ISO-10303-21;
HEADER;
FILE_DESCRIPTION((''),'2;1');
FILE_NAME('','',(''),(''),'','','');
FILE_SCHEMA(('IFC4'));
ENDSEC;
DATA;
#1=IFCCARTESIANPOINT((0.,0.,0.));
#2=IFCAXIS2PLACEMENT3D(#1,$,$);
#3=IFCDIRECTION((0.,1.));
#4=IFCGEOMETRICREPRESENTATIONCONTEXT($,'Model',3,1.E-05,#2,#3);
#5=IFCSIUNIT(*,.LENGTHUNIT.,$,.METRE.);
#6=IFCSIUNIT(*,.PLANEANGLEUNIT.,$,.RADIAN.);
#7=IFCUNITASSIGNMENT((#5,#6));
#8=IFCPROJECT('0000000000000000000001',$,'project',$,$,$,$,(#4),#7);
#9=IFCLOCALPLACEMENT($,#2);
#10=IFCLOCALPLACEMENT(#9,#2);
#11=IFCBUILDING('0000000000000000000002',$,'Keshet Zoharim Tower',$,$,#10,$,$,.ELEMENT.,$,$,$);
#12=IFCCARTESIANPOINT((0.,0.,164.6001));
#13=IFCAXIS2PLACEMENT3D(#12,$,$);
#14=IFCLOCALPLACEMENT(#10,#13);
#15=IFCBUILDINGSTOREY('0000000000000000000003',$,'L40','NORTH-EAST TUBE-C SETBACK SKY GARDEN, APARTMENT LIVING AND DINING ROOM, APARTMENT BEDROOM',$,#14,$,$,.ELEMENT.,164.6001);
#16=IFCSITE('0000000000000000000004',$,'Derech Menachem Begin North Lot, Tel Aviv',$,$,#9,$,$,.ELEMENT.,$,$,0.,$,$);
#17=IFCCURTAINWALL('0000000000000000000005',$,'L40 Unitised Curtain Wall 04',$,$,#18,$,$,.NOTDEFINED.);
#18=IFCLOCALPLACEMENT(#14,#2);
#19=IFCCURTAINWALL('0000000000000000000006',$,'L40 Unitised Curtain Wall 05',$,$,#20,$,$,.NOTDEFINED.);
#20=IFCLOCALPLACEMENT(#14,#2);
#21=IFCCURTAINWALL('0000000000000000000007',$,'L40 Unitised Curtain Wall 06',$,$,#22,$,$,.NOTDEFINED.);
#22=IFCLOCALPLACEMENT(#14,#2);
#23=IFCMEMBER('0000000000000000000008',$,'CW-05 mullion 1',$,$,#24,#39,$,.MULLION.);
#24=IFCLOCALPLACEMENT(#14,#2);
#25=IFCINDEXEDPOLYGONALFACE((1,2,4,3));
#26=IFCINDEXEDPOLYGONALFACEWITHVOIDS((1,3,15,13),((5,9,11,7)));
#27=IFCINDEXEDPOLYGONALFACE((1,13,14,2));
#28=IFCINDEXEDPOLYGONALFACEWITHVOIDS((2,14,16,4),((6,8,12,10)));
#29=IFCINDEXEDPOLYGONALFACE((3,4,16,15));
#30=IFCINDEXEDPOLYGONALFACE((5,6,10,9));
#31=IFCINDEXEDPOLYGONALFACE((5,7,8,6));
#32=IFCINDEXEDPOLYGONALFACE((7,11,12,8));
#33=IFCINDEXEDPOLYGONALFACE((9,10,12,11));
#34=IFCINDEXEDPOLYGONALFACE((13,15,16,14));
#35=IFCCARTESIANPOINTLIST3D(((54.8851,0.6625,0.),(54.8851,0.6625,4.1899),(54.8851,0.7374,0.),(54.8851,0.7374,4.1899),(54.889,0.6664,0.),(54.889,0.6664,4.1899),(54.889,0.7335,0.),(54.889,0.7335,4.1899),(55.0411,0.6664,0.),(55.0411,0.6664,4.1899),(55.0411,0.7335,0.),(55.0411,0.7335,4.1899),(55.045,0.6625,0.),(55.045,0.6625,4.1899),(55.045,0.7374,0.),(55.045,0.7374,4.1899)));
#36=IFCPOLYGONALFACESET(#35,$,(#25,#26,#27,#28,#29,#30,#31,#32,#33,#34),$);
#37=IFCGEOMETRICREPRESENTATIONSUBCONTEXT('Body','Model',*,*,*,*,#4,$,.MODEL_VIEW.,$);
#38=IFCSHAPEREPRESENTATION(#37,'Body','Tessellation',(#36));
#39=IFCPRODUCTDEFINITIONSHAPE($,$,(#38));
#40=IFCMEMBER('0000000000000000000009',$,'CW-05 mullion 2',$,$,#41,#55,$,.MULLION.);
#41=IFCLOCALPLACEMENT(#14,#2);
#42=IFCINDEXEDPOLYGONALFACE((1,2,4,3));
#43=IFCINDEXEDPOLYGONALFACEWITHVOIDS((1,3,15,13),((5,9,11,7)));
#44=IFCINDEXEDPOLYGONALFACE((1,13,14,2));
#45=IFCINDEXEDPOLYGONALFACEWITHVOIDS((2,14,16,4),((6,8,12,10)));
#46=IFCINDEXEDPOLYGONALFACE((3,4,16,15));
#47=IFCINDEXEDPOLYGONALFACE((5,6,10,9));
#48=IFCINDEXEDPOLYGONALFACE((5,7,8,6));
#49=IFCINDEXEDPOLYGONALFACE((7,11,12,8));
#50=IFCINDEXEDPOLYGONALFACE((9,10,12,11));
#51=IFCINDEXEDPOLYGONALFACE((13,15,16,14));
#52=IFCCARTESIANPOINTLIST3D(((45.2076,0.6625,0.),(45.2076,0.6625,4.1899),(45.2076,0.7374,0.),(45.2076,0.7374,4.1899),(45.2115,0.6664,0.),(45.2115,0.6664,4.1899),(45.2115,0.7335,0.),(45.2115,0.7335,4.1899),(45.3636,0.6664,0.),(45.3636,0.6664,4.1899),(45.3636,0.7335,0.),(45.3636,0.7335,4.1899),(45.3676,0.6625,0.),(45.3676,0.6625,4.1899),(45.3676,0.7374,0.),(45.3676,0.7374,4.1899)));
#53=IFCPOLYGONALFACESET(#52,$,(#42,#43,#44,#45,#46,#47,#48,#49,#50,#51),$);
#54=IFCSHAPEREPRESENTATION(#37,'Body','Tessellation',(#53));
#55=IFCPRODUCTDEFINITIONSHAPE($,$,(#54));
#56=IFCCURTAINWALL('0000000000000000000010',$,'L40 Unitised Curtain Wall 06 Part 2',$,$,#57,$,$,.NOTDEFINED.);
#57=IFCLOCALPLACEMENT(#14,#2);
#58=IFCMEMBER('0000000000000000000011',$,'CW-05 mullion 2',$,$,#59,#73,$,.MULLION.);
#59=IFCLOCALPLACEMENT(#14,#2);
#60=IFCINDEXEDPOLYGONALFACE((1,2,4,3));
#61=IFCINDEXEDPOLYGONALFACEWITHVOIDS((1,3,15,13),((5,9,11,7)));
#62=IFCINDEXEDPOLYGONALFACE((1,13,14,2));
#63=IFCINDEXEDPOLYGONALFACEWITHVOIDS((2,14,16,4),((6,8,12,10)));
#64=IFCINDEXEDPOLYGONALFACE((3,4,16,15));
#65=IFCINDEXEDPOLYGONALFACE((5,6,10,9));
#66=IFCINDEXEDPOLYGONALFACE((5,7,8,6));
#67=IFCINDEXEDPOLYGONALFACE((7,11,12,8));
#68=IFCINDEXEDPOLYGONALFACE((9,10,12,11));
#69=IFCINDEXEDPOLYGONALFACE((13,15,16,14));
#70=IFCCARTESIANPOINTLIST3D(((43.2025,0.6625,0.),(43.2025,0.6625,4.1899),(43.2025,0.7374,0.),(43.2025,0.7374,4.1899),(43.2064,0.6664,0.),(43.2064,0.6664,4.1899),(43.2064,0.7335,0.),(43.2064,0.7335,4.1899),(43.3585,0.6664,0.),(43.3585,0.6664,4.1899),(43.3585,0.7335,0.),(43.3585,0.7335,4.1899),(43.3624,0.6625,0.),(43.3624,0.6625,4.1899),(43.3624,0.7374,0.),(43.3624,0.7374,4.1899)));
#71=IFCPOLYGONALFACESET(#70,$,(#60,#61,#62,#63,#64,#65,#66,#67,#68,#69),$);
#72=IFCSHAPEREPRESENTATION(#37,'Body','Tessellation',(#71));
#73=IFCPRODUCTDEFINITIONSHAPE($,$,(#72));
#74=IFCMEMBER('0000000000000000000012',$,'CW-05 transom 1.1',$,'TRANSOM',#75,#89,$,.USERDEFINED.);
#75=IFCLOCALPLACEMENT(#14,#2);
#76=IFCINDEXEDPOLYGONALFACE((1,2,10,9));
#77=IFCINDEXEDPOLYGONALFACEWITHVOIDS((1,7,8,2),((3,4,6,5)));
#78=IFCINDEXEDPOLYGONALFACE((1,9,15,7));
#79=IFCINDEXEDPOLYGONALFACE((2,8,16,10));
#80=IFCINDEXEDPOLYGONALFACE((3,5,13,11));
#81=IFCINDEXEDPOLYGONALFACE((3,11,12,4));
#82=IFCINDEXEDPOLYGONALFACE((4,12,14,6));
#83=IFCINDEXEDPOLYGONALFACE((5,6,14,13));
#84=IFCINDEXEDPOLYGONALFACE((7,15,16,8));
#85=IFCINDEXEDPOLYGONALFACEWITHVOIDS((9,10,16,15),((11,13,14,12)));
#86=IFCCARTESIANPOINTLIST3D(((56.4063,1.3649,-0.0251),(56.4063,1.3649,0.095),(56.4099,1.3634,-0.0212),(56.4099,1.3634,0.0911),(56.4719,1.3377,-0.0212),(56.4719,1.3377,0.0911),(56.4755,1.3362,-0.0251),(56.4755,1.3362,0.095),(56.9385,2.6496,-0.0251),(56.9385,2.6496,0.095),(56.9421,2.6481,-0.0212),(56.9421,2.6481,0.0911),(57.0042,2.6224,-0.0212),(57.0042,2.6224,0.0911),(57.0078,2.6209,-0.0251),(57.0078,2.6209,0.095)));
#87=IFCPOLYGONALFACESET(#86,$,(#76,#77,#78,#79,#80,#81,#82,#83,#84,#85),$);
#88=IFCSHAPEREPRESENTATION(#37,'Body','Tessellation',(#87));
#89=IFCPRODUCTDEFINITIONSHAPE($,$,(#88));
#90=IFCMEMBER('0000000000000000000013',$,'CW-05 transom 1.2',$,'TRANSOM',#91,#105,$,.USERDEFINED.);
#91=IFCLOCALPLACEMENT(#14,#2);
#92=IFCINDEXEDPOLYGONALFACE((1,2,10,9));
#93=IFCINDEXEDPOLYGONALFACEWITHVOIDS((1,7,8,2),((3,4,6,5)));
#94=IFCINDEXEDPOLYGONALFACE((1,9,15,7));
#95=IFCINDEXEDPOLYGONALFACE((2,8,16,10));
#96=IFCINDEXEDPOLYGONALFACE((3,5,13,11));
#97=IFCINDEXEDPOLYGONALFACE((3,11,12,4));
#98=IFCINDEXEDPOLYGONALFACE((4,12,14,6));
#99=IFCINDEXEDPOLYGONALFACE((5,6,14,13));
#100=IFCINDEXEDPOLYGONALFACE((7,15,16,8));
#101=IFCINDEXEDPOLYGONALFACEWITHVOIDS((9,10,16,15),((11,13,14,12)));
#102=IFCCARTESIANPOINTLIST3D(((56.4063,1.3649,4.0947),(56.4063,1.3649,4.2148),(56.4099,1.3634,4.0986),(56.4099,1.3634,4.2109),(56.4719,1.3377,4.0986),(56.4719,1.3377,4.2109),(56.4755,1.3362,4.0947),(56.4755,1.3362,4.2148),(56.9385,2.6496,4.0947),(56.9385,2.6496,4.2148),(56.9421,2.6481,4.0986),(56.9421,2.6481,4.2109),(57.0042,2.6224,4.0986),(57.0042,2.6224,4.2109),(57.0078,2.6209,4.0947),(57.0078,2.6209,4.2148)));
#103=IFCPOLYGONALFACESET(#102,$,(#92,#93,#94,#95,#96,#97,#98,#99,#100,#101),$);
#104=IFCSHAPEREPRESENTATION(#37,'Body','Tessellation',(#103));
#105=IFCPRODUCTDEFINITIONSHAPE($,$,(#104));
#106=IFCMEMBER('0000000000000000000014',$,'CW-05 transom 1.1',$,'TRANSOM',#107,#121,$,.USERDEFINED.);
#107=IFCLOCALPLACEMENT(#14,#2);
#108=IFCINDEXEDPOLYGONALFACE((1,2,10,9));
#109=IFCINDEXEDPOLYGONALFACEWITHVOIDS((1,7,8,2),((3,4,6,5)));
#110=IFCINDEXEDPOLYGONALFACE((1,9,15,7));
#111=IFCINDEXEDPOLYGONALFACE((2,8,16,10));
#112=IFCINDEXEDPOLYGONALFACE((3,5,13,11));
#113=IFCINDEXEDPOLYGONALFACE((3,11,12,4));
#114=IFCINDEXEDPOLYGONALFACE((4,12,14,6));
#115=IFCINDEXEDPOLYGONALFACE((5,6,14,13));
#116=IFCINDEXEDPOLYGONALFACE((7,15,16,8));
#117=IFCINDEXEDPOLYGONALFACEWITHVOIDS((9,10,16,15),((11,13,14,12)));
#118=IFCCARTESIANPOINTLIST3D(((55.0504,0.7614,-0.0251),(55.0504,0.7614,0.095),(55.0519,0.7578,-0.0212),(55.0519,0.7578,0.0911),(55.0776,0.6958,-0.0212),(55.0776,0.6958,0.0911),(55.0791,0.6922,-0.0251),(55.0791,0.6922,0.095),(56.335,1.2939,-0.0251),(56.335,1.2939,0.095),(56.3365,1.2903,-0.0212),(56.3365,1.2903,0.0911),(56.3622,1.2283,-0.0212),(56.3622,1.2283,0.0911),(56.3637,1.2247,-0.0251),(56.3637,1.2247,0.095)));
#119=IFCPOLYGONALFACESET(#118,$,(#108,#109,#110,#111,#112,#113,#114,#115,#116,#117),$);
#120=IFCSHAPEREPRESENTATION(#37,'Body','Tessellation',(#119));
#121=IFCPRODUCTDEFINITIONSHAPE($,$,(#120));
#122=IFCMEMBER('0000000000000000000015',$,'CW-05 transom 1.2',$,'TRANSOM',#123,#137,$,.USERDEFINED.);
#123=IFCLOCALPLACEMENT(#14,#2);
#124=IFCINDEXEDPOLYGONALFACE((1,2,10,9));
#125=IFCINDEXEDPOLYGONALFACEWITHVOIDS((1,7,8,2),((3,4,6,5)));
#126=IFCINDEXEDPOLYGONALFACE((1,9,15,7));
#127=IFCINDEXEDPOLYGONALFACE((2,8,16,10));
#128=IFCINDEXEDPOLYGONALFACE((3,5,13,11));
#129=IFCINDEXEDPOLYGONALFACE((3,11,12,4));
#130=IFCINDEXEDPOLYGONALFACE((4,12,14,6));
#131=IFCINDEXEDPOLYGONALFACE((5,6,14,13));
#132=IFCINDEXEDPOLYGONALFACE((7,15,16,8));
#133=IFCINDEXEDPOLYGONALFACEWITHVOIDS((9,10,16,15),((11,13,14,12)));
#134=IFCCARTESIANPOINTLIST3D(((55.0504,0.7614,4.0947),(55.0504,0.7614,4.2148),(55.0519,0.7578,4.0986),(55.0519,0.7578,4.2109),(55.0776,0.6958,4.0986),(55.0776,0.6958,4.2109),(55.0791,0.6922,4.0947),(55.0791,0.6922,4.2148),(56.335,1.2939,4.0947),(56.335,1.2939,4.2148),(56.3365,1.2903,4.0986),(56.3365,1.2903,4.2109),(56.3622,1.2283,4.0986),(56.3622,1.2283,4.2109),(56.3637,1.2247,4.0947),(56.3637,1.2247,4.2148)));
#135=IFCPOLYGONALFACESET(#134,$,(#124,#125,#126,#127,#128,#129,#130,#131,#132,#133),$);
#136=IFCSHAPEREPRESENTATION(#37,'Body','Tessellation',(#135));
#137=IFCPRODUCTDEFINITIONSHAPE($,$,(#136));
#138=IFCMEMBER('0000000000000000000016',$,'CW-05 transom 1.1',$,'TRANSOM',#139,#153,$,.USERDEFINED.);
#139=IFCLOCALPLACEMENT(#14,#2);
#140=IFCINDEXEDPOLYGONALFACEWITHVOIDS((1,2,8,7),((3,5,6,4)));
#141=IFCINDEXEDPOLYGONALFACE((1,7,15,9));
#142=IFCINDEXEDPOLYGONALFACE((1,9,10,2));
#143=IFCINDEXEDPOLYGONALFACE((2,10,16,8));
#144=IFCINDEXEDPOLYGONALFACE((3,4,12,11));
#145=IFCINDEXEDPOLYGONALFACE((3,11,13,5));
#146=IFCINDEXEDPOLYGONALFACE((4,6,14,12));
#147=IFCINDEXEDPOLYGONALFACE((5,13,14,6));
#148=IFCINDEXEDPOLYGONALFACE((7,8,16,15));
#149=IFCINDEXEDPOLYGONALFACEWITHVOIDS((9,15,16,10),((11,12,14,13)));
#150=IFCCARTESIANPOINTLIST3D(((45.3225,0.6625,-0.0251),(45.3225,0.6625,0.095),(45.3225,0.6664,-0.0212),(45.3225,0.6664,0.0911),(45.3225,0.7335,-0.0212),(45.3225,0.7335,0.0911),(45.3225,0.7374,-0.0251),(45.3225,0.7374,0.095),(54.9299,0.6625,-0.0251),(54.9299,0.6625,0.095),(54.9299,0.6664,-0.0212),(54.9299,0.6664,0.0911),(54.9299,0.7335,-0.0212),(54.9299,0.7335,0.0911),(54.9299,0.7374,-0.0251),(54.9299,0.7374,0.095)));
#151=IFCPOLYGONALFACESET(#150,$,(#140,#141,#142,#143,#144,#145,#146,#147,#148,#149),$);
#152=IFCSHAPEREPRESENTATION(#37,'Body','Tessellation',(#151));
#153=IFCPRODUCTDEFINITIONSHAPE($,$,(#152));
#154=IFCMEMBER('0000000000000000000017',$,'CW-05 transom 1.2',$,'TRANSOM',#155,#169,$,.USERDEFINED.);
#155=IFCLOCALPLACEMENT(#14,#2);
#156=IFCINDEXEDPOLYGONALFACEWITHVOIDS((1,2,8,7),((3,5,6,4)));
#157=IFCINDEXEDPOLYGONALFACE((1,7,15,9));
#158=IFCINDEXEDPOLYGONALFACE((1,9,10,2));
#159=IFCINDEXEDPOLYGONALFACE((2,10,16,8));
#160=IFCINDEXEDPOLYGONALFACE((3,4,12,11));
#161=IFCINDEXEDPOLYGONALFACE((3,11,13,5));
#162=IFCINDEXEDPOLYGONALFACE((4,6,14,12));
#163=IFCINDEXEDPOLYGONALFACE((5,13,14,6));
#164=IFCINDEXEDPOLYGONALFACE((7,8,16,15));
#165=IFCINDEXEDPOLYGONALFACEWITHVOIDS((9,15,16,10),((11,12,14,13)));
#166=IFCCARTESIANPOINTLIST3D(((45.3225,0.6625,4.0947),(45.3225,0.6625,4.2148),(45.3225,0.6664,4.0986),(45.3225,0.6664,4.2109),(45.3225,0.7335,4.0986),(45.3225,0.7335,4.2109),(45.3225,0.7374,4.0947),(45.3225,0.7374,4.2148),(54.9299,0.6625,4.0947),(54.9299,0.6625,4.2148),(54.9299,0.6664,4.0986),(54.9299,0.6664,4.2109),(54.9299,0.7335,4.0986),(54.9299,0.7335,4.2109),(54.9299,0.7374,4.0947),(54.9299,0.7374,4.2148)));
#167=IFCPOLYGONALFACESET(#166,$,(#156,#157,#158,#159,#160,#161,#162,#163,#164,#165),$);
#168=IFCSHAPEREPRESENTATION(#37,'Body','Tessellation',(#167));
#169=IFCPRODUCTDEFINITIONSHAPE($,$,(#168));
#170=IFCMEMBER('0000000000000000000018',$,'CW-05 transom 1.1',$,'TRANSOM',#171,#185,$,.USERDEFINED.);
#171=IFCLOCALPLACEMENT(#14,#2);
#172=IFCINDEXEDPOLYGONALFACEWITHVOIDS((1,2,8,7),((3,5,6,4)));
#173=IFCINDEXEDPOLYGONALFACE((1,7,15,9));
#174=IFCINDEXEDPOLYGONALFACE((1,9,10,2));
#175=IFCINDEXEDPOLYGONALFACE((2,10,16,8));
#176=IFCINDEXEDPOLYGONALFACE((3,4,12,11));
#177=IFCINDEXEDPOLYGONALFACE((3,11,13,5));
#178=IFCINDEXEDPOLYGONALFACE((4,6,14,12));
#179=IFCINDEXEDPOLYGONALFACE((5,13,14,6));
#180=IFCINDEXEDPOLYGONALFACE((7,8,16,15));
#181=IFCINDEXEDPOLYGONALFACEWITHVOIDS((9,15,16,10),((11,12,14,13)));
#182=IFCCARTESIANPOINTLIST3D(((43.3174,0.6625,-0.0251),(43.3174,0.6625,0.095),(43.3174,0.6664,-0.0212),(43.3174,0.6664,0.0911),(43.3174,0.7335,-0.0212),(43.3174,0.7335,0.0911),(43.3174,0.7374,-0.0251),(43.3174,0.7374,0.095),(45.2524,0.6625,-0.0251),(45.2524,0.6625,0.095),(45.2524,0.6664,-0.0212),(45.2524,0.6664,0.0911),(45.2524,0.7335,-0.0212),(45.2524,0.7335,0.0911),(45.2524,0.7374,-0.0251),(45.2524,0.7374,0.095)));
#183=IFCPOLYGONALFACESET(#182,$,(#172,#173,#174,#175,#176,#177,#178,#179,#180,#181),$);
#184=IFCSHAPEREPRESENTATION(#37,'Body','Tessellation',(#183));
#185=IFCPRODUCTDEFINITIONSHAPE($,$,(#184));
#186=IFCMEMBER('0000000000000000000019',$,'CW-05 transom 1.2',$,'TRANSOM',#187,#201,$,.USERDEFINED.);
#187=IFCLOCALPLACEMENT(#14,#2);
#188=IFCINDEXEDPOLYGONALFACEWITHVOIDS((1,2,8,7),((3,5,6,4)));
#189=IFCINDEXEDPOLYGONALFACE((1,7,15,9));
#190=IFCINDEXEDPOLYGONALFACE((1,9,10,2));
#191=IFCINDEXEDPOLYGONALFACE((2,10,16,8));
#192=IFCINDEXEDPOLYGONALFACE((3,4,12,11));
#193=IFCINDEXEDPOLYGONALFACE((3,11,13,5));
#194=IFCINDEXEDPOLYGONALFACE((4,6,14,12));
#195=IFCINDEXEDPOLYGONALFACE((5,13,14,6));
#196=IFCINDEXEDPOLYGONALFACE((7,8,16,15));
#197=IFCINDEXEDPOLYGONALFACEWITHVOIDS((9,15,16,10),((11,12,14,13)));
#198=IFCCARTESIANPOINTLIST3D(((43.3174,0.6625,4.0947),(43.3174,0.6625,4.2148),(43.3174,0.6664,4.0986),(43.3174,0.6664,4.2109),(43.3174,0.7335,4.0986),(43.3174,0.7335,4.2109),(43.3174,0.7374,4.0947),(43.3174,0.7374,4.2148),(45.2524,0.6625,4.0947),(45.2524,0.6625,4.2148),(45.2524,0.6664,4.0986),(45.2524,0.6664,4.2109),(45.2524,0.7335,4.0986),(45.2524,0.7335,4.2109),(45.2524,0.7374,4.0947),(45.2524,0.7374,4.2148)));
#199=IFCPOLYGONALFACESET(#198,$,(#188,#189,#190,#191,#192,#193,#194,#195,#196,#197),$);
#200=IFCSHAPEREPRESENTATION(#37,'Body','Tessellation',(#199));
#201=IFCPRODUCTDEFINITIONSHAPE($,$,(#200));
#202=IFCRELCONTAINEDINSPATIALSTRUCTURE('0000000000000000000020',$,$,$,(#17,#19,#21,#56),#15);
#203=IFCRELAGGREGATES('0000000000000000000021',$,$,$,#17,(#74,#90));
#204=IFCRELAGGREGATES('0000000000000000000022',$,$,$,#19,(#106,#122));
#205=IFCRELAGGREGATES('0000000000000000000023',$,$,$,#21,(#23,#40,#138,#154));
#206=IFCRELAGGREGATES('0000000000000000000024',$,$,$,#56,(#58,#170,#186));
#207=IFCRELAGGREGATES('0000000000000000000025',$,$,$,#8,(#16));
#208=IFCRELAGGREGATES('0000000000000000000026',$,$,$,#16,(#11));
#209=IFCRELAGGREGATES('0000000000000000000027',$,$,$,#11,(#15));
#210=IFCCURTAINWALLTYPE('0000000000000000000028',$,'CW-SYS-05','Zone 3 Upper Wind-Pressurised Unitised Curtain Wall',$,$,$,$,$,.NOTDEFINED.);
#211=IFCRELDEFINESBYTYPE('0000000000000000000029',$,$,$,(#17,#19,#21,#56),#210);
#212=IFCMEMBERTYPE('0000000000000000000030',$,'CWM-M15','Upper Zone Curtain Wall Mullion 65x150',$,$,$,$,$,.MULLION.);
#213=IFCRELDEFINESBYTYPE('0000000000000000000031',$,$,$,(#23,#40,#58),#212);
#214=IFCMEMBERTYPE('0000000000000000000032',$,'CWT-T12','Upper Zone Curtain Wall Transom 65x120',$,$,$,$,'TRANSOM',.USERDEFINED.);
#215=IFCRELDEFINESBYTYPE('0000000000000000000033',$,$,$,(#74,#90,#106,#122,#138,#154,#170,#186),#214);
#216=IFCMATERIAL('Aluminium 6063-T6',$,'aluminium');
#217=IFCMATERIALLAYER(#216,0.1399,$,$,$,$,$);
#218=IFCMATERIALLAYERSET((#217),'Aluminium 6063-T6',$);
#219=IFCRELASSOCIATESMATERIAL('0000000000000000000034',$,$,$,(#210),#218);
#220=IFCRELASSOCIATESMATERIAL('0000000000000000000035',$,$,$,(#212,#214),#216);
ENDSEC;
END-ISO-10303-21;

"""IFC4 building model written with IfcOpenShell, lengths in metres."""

from ifc_helpers import new_model, si_unit, direction, frame, origin, origin_2d, place, context, subcontext, project, spatial, hollow_rectangle, extrude, material, layer, layer_set, material_profile, profile_set, type_object, element, aggregate, save


model = new_model("IFC4")

# Units and contexts
model_context = context("Model", 3, precision=1e-05, world=origin(), true_north=direction((0.0, 1.0)))
body_context = subcontext(model_context, "Body", "Model", "MODEL_VIEW")
ifc_project = project(units=[si_unit("LENGTHUNIT", "METRE"), si_unit("PLANEANGLEUNIT", "RADIAN")], contexts=[model_context])

# Site, building, storey
site_placement = place(None, origin())
site = spatial("IfcSite", under=ifc_project, at=site_placement, Name="Derech Menachem Begin North Lot, Tel Aviv", CompositionType="ELEMENT", RefElevation=0.0)
building_placement = place(site_placement, origin())
building = spatial("IfcBuilding", under=site, at=building_placement, Name="Keshet Zoharim Tower", CompositionType="ELEMENT")
storey_placement = place(building_placement, frame((0.0, 0.0, 164.6001)))
storey = spatial("IfcBuildingStorey", under=building, at=storey_placement, Name="L40", Description="NORTH-EAST TUBE-C SETBACK SKY GARDEN, APARTMENT LIVING AND DINING ROOM, APARTMENT BEDROOM", CompositionType="ELEMENT", Elevation=164.6001)

# Curtain wall
ifc_material_1 = material(Name="Aluminium 6063-T6", Category="aluminium")
ifc_layer_1 = layer(ifc_material_1, 0.1399)
ifc_layer_set_1 = layer_set([ifc_layer_1], Name="Aluminium 6063-T6")
curtain_wall_type = type_object("IfcCurtainWallType", Name="CW-SYS-05", Description="Zone 3 Upper Wind-Pressurised Unitised Curtain Wall", PredefinedType="NOTDEFINED", material=ifc_layer_set_1)
curtain_wall_1_placement = place(storey_placement, origin())
curtain_wall_1 = element("IfcCurtainWall", 1, at=curtain_wall_1_placement, inside=storey, type_object=curtain_wall_type, Name="L40 Unitised Curtain Wall 04", PredefinedType="NOTDEFINED")
ifc_material_profile_1 = material_profile(ifc_material_1, hollow_rectangle(XDim=0.075, YDim=0.1599, WallThickness=0.0039, at=origin_2d()), Name="MUL-75x160")
ifc_profile_set_1 = profile_set([ifc_material_profile_1], Name="Aluminium 6063-T6")
member_type_1 = type_object("IfcMemberType", Name="CWM-M15", Description="Upper Zone Curtain Wall Mullion 65x150", PredefinedType="MULLION", material=ifc_profile_set_1)

# Curtain walls, members
curtain_wall_2_placement = place(storey_placement, origin())
curtain_wall_2 = element("IfcCurtainWall", 2, at=curtain_wall_2_placement, inside=storey, type_object=curtain_wall_type, Name="L40 Unitised Curtain Wall 05", PredefinedType="NOTDEFINED")
curtain_wall_3_placement = place(storey_placement, origin())
curtain_wall_3 = element("IfcCurtainWall", 3, at=curtain_wall_3_placement, inside=storey, type_object=curtain_wall_type, Name="L40 Unitised Curtain Wall 06", PredefinedType="NOTDEFINED")
member_1_placement = place(storey_placement, frame((54.9651, 0.7, 0.0), z_axis=(0.0, 0.0, 1.0), x_axis=(0.0, -1.0, 0.0)))
member_1 = element("IfcMember", 4, at=member_1_placement, type_object=member_type_1, Name="CW-05 mullion 1", PredefinedType="MULLION", context=body_context, shape_type="SweptSolid", body=[
    extrude(hollow_rectangle(XDim=0.075, YDim=0.1599, WallThickness=0.0039, at=origin_2d()), origin(), (0.0, 0.0, 1.0), 4.1899),
])
member_2_placement = place(storey_placement, frame((45.2876, 0.7, 0.0), z_axis=(0.0, 0.0, 1.0), x_axis=(0.0, -1.0, 0.0)))
member_2 = element("IfcMember", 5, at=member_2_placement, type_object=member_type_1, Name="CW-05 mullion 2", PredefinedType="MULLION", context=body_context, shape_type="SweptSolid", body=[
    extrude(hollow_rectangle(XDim=0.075, YDim=0.1599, WallThickness=0.0039, at=origin_2d()), origin(), (0.0, 0.0, 1.0), 4.1899),
])

# Curtain wall, member
curtain_wall_4_placement = place(storey_placement, origin())
curtain_wall_4 = element("IfcCurtainWall", 6, at=curtain_wall_4_placement, inside=storey, type_object=curtain_wall_type, Name="L40 Unitised Curtain Wall 06 Part 2", PredefinedType="NOTDEFINED")
member_3_placement = place(storey_placement, frame((43.2825, 0.7, 0.0), z_axis=(0.0, 0.0, 1.0), x_axis=(0.0, -1.0, 0.0)))
member_3 = element("IfcMember", 7, at=member_3_placement, type_object=member_type_1, Name="CW-05 mullion 2", PredefinedType="MULLION", context=body_context, shape_type="SweptSolid", body=[
    extrude(hollow_rectangle(XDim=0.075, YDim=0.1599, WallThickness=0.0039, at=origin_2d()), origin(), (0.0, 0.0, 1.0), 4.1899),
])

# Members
ifc_material_profile_2 = material_profile(ifc_material_1, hollow_rectangle(XDim=0.075, YDim=0.1201, WallThickness=0.0039, at=origin_2d()), Name="TRN-75x120")
ifc_profile_set_2 = profile_set([ifc_material_profile_2], Name="Aluminium 6063-T6")
member_type_2 = type_object("IfcMemberType", Name="CWT-T12", Description="Upper Zone Curtain Wall Transom 65x120", ElementType="TRANSOM", PredefinedType="USERDEFINED", material=ifc_profile_set_2)
member_4_placement = place(storey_placement, frame((56.9731, 2.6353, 0.0349), z_axis=(-0.382745, -0.923854, 0.0), x_axis=(0.923854, -0.382745, 0.0)))
member_4 = element("IfcMember", 8, at=member_4_placement, type_object=member_type_2, Name="CW-05 transom 1.1", ObjectType="TRANSOM", PredefinedType="USERDEFINED", context=body_context, shape_type="SweptSolid", body=[
    extrude(hollow_rectangle(XDim=0.075, YDim=0.1201, WallThickness=0.0039, at=origin_2d()), origin(), (0.0, 0.0, 1.0), 1.3906),
])
member_5_placement = place(storey_placement, frame((56.9731, 2.6353, 4.1548), z_axis=(-0.382745, -0.923854, 0.0), x_axis=(0.923854, -0.382745, 0.0)))
member_5 = element("IfcMember", 9, at=member_5_placement, type_object=member_type_2, Name="CW-05 transom 1.2", ObjectType="TRANSOM", PredefinedType="USERDEFINED", context=body_context, shape_type="SweptSolid", body=[
    extrude(hollow_rectangle(XDim=0.075, YDim=0.1201, WallThickness=0.0039, at=origin_2d()), origin(), (0.0, 0.0, 1.0), 1.3906),
])
member_6_placement = place(storey_placement, frame((56.3494, 1.2593, 0.0349), z_axis=(-0.923792, -0.382894, 0.0), x_axis=(0.382894, -0.923792, 0.0)))
member_6 = element("IfcMember", 10, at=member_6_placement, type_object=member_type_2, Name="CW-05 transom 1.1", ObjectType="TRANSOM", PredefinedType="USERDEFINED", context=body_context, shape_type="SweptSolid", body=[
    extrude(hollow_rectangle(XDim=0.075, YDim=0.1201, WallThickness=0.0039, at=origin_2d()), origin(), (0.0, 0.0, 1.0), 1.3906),
])
member_7_placement = place(storey_placement, frame((56.3494, 1.2593, 4.1548), z_axis=(-0.923792, -0.382894, 0.0), x_axis=(0.382894, -0.923792, 0.0)))
member_7 = element("IfcMember", 11, at=member_7_placement, type_object=member_type_2, Name="CW-05 transom 1.2", ObjectType="TRANSOM", PredefinedType="USERDEFINED", context=body_context, shape_type="SweptSolid", body=[
    extrude(hollow_rectangle(XDim=0.075, YDim=0.1201, WallThickness=0.0039, at=origin_2d()), origin(), (0.0, 0.0, 1.0), 1.3906),
])
member_8_placement = place(storey_placement, frame((54.9299, 0.7, 0.0349), z_axis=(-1.0, 0.0, 0.0), x_axis=(0.0, -1.0, 0.0)))
member_8 = element("IfcMember", 12, at=member_8_placement, type_object=member_type_2, Name="CW-05 transom 1.1", ObjectType="TRANSOM", PredefinedType="USERDEFINED", context=body_context, shape_type="SweptSolid", body=[
    extrude(hollow_rectangle(XDim=0.075, YDim=0.1201, WallThickness=0.0039, at=origin_2d()), origin(), (0.0, 0.0, 1.0), 9.6074),
])
member_9_placement = place(storey_placement, frame((54.9299, 0.7, 4.1548), z_axis=(-1.0, 0.0, 0.0), x_axis=(0.0, -1.0, 0.0)))
member_9 = element("IfcMember", 13, at=member_9_placement, type_object=member_type_2, Name="CW-05 transom 1.2", ObjectType="TRANSOM", PredefinedType="USERDEFINED", context=body_context, shape_type="SweptSolid", body=[
    extrude(hollow_rectangle(XDim=0.075, YDim=0.1201, WallThickness=0.0039, at=origin_2d()), origin(), (0.0, 0.0, 1.0), 9.6074),
])
member_10_placement = place(storey_placement, frame((45.2524, 0.7, 0.0349), z_axis=(-1.0, 0.0, 0.0), x_axis=(0.0, -1.0, 0.0)))
member_10 = element("IfcMember", 14, at=member_10_placement, type_object=member_type_2, Name="CW-05 transom 1.1", ObjectType="TRANSOM", PredefinedType="USERDEFINED", context=body_context, shape_type="SweptSolid", body=[
    extrude(hollow_rectangle(XDim=0.075, YDim=0.1201, WallThickness=0.0039, at=origin_2d()), origin(), (0.0, 0.0, 1.0), 1.9351),
])
member_11_placement = place(storey_placement, frame((45.2524, 0.7, 4.1548), z_axis=(-1.0, 0.0, 0.0), x_axis=(0.0, -1.0, 0.0)))
member_11 = element("IfcMember", 15, at=member_11_placement, type_object=member_type_2, Name="CW-05 transom 1.2", ObjectType="TRANSOM", PredefinedType="USERDEFINED", context=body_context, shape_type="SweptSolid", body=[
    extrude(hollow_rectangle(XDim=0.075, YDim=0.1201, WallThickness=0.0039, at=origin_2d()), origin(), (0.0, 0.0, 1.0), 1.9351),
])

aggregate(curtain_wall_1, [member_4, member_5])
aggregate(curtain_wall_2, [member_6, member_7])
aggregate(curtain_wall_3, [member_1, member_2, member_8, member_9])
aggregate(curtain_wall_4, [member_3, member_10, member_11])

save(model, "model.ifc")
